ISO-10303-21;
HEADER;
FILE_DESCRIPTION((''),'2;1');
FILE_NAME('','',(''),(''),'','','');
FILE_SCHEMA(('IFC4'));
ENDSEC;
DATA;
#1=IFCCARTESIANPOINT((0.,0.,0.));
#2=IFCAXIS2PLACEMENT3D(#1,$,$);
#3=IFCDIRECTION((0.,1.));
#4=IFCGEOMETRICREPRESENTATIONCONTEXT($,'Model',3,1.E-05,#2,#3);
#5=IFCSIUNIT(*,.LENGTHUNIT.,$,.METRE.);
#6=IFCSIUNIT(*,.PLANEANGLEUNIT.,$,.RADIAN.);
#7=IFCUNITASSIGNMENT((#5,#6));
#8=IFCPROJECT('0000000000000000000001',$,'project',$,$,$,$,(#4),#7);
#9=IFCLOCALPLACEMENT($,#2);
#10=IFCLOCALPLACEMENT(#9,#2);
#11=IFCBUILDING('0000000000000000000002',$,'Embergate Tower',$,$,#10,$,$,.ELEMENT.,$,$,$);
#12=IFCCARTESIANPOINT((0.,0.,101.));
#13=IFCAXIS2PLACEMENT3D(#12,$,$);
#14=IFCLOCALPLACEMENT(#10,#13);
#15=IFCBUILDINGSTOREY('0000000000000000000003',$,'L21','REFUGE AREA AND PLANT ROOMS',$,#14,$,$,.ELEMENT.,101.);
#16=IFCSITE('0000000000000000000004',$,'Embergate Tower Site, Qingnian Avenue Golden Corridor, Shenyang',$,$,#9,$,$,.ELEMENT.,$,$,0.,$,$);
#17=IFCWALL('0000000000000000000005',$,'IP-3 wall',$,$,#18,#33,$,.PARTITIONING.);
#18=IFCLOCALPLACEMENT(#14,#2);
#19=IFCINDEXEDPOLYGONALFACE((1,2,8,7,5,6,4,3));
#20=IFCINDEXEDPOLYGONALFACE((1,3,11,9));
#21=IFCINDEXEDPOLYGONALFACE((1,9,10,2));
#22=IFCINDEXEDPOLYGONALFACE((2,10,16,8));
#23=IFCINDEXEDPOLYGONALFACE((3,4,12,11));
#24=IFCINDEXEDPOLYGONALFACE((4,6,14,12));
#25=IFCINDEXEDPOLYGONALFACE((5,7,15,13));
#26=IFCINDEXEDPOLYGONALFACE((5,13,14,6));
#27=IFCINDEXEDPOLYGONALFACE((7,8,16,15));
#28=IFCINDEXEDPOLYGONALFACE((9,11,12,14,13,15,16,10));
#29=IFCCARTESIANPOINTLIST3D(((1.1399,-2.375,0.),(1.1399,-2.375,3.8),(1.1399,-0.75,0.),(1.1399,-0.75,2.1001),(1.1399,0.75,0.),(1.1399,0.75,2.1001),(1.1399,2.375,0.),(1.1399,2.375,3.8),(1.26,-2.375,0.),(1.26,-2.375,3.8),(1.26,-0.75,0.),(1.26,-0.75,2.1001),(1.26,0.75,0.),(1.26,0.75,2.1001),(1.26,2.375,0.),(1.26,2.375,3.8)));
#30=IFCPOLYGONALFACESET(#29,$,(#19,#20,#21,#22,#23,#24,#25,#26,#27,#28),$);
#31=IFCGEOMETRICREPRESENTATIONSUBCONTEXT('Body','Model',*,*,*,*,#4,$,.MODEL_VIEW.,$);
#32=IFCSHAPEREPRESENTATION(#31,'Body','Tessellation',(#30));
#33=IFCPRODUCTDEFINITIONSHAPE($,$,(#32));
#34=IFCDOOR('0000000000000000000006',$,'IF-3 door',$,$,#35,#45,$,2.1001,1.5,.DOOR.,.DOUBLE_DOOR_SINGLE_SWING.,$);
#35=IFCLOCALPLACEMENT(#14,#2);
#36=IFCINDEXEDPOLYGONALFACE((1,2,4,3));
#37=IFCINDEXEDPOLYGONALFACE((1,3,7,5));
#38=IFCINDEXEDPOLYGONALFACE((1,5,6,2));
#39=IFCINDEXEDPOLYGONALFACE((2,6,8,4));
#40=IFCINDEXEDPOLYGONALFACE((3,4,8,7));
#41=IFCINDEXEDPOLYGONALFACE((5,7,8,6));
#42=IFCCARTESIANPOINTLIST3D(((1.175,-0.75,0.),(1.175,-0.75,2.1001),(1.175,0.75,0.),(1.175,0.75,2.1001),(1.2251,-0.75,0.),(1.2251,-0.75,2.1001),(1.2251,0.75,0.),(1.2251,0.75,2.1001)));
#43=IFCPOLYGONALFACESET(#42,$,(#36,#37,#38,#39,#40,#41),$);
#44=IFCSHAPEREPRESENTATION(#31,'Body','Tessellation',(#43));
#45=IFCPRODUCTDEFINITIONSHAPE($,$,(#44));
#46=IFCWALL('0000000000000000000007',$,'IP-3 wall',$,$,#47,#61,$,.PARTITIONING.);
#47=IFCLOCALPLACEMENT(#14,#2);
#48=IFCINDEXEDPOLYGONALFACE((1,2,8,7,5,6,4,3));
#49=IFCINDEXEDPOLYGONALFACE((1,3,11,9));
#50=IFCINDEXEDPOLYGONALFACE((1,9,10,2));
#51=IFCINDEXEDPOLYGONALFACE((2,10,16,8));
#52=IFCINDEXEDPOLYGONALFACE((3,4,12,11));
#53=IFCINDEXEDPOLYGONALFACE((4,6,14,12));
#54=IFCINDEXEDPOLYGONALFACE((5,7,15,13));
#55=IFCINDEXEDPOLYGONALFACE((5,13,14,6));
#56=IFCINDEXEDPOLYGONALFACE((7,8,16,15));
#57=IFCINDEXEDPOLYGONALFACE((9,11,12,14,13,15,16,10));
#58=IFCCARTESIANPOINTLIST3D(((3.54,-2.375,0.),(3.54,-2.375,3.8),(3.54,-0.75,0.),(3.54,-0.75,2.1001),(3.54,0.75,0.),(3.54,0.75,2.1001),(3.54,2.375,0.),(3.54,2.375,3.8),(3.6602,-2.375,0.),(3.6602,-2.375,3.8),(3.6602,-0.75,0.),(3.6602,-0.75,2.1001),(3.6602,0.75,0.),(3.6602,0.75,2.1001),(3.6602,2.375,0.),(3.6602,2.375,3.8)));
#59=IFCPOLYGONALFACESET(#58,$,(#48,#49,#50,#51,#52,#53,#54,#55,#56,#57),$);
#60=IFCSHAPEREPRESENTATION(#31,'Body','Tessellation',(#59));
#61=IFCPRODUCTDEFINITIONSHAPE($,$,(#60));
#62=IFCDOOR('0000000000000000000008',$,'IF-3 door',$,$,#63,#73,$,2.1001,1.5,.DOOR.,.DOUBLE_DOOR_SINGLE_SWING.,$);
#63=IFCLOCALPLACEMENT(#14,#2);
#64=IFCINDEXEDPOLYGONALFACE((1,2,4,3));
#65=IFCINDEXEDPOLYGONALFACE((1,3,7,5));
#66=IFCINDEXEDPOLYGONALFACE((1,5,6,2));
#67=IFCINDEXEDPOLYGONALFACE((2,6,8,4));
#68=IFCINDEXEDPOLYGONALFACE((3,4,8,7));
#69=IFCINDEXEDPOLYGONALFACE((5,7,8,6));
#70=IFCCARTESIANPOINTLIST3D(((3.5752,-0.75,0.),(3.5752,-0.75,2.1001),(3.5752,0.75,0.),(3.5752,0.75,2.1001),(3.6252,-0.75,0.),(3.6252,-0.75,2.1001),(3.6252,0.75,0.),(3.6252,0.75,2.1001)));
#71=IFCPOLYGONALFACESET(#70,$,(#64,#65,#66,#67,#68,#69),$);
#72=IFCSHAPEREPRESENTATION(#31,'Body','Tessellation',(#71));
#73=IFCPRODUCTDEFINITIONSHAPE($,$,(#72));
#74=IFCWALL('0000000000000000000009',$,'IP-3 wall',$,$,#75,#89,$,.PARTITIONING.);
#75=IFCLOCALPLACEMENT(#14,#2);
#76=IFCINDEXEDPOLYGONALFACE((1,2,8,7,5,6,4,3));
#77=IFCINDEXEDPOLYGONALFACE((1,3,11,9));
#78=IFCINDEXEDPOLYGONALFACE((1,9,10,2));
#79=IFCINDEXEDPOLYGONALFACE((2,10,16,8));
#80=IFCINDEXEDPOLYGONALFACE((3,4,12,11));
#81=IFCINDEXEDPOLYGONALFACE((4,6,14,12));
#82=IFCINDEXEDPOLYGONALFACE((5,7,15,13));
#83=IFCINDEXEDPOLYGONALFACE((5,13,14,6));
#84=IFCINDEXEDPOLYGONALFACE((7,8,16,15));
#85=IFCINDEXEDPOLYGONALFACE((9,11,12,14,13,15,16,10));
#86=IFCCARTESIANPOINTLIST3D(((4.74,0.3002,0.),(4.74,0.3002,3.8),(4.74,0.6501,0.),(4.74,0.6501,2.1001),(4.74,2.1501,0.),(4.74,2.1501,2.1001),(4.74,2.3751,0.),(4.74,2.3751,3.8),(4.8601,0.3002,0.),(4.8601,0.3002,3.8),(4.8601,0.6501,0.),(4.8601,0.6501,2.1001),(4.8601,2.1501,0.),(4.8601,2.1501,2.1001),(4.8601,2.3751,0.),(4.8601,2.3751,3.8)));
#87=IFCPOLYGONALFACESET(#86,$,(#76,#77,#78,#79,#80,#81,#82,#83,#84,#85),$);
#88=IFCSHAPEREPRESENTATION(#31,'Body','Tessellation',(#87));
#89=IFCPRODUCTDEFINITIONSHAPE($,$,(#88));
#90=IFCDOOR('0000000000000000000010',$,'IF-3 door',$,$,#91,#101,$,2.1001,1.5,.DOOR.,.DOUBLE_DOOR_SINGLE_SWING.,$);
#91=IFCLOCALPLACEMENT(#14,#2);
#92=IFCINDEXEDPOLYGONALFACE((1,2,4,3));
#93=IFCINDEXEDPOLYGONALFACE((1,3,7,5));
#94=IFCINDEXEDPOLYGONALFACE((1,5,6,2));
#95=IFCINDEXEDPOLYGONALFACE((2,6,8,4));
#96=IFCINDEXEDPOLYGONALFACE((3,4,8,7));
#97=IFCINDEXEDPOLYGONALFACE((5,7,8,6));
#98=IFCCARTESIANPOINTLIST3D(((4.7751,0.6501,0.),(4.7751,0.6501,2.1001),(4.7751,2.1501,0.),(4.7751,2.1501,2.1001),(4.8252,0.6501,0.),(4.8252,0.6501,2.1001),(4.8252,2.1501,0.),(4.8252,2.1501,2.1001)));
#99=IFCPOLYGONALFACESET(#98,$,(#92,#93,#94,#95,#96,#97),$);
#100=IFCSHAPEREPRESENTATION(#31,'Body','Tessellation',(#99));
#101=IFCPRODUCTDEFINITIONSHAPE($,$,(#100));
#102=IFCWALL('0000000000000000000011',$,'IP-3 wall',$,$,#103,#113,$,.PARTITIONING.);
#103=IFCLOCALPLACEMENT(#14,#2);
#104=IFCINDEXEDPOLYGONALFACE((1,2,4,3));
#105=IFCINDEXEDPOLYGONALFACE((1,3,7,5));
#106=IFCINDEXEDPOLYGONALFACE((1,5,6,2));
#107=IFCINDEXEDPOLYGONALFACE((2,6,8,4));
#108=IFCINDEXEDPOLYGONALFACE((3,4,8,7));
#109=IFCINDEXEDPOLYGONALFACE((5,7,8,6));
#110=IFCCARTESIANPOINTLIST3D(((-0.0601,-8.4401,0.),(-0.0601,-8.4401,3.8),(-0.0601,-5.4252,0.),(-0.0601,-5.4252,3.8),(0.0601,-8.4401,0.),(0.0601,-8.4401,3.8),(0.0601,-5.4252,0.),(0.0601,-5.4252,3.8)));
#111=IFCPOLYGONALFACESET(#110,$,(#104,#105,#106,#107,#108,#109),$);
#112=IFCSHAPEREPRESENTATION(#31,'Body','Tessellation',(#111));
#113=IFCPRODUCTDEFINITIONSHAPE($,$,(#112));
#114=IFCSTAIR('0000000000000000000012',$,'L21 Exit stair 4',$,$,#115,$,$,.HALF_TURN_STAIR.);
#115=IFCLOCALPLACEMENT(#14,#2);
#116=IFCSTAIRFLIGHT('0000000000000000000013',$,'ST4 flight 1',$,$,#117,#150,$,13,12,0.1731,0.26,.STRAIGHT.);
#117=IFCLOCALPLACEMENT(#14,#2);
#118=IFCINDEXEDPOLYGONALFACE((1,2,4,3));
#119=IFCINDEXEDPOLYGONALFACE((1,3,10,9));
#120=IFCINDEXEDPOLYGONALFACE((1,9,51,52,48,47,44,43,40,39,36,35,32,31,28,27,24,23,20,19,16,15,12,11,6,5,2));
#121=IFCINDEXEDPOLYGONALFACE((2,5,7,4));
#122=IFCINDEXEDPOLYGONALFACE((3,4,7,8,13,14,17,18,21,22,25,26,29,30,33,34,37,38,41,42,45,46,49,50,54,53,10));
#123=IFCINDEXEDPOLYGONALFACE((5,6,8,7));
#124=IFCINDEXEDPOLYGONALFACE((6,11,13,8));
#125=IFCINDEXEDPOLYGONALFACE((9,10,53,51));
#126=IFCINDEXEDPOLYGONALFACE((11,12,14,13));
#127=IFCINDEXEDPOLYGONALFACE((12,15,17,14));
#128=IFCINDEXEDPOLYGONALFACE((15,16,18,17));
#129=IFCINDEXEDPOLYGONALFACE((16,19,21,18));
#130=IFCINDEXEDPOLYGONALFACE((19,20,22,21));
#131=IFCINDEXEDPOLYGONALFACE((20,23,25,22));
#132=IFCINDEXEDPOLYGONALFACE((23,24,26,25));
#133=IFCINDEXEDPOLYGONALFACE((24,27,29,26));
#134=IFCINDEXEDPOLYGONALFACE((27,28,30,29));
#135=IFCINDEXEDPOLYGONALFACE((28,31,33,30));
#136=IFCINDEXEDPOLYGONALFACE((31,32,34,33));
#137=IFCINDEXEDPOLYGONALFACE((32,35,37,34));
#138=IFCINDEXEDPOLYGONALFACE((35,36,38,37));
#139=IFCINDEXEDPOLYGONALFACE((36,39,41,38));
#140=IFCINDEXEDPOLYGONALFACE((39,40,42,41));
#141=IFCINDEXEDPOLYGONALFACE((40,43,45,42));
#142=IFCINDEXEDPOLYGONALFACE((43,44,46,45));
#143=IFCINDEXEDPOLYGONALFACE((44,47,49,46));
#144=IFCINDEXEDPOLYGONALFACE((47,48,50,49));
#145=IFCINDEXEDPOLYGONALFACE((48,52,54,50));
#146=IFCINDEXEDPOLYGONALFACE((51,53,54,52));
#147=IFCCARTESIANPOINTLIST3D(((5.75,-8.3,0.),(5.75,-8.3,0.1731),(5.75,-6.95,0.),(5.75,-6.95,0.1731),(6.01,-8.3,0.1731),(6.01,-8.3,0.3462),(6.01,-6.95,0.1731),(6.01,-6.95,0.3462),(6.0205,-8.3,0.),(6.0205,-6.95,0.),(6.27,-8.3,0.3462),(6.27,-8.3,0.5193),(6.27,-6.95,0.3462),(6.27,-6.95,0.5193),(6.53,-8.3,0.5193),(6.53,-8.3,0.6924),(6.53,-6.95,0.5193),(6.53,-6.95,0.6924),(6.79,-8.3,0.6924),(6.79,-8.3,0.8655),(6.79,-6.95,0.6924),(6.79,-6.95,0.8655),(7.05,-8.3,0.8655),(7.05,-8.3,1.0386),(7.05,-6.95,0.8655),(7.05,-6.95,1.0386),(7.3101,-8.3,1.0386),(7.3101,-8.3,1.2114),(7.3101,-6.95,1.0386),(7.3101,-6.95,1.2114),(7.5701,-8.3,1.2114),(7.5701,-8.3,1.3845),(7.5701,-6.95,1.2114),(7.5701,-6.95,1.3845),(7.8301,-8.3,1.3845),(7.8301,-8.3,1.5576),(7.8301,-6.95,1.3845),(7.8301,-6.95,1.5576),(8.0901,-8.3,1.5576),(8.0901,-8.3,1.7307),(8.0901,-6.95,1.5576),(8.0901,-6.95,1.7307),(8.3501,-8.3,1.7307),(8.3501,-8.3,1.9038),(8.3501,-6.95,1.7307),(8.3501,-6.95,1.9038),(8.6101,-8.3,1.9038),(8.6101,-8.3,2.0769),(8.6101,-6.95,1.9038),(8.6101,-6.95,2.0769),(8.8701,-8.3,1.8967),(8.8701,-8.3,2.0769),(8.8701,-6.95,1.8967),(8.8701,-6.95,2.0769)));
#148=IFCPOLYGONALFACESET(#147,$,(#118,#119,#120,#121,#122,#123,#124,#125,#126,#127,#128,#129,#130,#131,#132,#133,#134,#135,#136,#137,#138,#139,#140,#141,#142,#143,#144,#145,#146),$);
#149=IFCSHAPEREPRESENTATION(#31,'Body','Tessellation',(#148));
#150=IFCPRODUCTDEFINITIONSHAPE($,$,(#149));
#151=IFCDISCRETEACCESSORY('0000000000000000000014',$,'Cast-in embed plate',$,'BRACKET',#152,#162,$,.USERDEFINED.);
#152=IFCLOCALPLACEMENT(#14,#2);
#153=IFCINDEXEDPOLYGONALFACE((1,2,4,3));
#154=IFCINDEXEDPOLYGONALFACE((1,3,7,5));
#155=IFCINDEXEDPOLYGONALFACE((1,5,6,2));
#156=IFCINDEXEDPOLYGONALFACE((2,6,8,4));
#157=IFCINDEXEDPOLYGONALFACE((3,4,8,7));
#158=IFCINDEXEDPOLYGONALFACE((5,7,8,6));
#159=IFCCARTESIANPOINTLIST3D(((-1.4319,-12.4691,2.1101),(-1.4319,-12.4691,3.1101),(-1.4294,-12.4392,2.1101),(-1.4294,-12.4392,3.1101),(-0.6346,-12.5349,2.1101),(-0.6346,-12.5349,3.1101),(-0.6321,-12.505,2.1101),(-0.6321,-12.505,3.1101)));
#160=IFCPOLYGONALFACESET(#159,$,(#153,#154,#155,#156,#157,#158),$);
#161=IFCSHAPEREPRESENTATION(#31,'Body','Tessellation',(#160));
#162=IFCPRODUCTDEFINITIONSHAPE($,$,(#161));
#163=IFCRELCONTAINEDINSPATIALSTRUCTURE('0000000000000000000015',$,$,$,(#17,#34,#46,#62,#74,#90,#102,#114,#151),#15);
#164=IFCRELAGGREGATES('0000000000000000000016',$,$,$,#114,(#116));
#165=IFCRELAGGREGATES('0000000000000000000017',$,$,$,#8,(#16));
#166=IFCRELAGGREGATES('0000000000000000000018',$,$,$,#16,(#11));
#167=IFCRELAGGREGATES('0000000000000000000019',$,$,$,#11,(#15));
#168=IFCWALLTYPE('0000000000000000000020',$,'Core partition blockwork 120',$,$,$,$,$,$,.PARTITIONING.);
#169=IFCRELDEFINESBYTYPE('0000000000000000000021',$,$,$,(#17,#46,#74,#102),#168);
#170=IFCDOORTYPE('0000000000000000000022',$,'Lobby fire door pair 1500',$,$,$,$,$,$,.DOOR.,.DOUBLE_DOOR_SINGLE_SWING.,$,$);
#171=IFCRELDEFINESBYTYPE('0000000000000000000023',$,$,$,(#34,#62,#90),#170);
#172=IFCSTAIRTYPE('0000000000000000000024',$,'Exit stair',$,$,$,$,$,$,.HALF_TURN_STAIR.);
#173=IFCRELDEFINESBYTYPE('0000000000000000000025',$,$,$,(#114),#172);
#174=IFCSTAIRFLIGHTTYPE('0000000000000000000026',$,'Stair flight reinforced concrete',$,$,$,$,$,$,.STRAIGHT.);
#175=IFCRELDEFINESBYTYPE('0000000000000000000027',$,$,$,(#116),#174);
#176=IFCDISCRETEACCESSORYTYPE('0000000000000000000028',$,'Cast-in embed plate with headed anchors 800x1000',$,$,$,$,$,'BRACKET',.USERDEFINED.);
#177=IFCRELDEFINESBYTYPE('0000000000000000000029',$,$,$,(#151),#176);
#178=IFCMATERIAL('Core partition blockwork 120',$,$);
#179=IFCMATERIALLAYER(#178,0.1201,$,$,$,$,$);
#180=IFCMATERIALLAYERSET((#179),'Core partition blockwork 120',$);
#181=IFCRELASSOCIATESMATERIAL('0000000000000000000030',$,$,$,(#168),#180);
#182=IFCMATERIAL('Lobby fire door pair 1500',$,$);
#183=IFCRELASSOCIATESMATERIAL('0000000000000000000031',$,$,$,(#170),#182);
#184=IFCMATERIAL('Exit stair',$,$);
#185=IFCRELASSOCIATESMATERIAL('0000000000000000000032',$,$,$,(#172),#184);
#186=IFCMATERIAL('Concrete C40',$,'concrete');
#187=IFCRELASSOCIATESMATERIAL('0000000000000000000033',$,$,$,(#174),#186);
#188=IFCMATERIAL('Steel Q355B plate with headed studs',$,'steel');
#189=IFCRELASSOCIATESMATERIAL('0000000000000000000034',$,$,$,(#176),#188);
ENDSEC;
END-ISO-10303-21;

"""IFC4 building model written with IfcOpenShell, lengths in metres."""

from ifc_helpers import new_model, si_unit, direction, frame, frame_2d, origin, origin_2d, place, context, subcontext, project, spatial, polyline, rectangle, outline, extrude, source, transform, mapped, material, layer, layer_set, type_object, element, fill, aggregate, save


model = new_model("IFC4")

# Units and contexts
model_context = context("Model", 3, precision=1e-05, world=origin(), true_north=direction((0.0, 1.0)))
body_context = subcontext(model_context, "Body", "Model", "MODEL_VIEW")
ifc_project = project(units=[si_unit("LENGTHUNIT", "METRE"), si_unit("PLANEANGLEUNIT", "RADIAN")], contexts=[model_context])

# Site, building, storey
site_placement = place(None, origin())
site = spatial("IfcSite", under=ifc_project, at=site_placement, Name="Embergate Tower Site, Qingnian Avenue Golden Corridor, Shenyang", CompositionType="ELEMENT", RefElevation=0.0)
building_placement = place(site_placement, origin())
building = spatial("IfcBuilding", under=site, at=building_placement, Name="Embergate Tower", CompositionType="ELEMENT")
storey_placement = place(building_placement, frame((0.0, 0.0, 101.0)))
storey = spatial("IfcBuildingStorey", under=building, at=storey_placement, Name="L21", Description="REFUGE AREA AND PLANT ROOMS", CompositionType="ELEMENT", Elevation=101.0)

# Walls, openings, doors
ifc_material_1 = material(Name="Core partition blockwork 120")
ifc_layer_1 = layer(ifc_material_1, 0.1201)
ifc_layer_set_1 = layer_set([ifc_layer_1], Name="Core partition blockwork 120")
wall_type_1 = type_object("IfcWallType", Name="Core partition blockwork 120", PredefinedType="PARTITIONING", material=ifc_layer_set_1)
shared_shape_1 = source(origin(), body_context, "Body", "SweptSolid", [
    extrude(rectangle(XDim=4.75, YDim=0.1201, at=frame_2d((2.375, 0.0))), origin(), (0.0, 0.0, 1.0), 3.8),
])
wall_1_placement = place(storey_placement, frame((1.2, -2.375, 0.0), z_axis=(0.0, 0.0, 1.0), x_axis=(0.0, 1.0, 0.0)))
wall_1 = element("IfcWall", 1, at=wall_1_placement, inside=storey, type_object=wall_type_1, Name="IP-3 wall", PredefinedType="PARTITIONING", context=body_context, shape_type="MappedRepresentation", body=[
    mapped(shared_shape_1, transform((0.0, 0.0, 0.0))),
])
shared_shape_2 = source(origin(), body_context, "Body", "SweptSolid", [
    extrude(rectangle(XDim=1.5, YDim=2.1001, at=frame_2d((0.75, 1.05))), frame((0.0, 0.0701, 0.0), z_axis=(0.0, -1.0, 0.0), x_axis=(1.0, 0.0, 0.0)), (0.0, 0.0, 1.0), 0.1401),
])
opening_1_placement = place(wall_1_placement, frame((1.625, 0.0, 0.0)))
opening_1 = element("IfcOpeningElement", 2, at=opening_1_placement, cuts=wall_1, PredefinedType="OPENING", context=body_context, shape_type="MappedRepresentation", body=[
    mapped(shared_shape_2, transform((0.0, 0.0, 0.0))),
])
ifc_material_2 = material(Name="Lobby fire door pair 1500")
door_type_1 = type_object("IfcDoorType", Name="Lobby fire door pair 1500", OperationType="DOUBLE_DOOR_SINGLE_SWING", PredefinedType="DOOR", material=ifc_material_2)
shared_shape_3 = source(origin(), body_context, "Body", "SweptSolid", [
    extrude(rectangle(XDim=1.5, YDim=2.1001, at=frame_2d((0.75, 1.05))), frame((0.0, 0.0249, 0.0), z_axis=(0.0, -1.0, 0.0), x_axis=(1.0, 0.0, 0.0)), (0.0, 0.0, 1.0), 0.05),
])
door_1_placement = place(opening_1_placement, origin())
door_1 = element("IfcDoor", 3, at=door_1_placement, inside=storey, type_object=door_type_1, Name="IF-3 door", OperationType="DOUBLE_DOOR_SINGLE_SWING", OverallHeight=2.1001, OverallWidth=1.5, PredefinedType="DOOR", context=body_context, shape_type="MappedRepresentation", body=[
    mapped(shared_shape_3, transform((0.0, 0.0, 0.0))),
])
fill(opening_1, door_1)
wall_2_placement = place(storey_placement, frame((3.6001, -2.375, 0.0), z_axis=(0.0, 0.0, 1.0), x_axis=(0.0, 1.0, 0.0)))
wall_2 = element("IfcWall", 4, at=wall_2_placement, inside=storey, type_object=wall_type_1, Name="IP-3 wall", PredefinedType="PARTITIONING", context=body_context, shape_type="MappedRepresentation", body=[
    mapped(shared_shape_1, transform((0.0, 0.0, 0.0))),
])
opening_2_placement = place(wall_2_placement, frame((1.625, 0.0, 0.0)))
opening_2 = element("IfcOpeningElement", 5, at=opening_2_placement, cuts=wall_2, PredefinedType="OPENING", context=body_context, shape_type="MappedRepresentation", body=[
    mapped(shared_shape_2, transform((0.0, 0.0, 0.0))),
])
door_2_placement = place(opening_2_placement, origin())
door_2 = element("IfcDoor", 6, at=door_2_placement, inside=storey, type_object=door_type_1, Name="IF-3 door", OperationType="DOUBLE_DOOR_SINGLE_SWING", OverallHeight=2.1001, OverallWidth=1.5, PredefinedType="DOOR", context=body_context, shape_type="MappedRepresentation", body=[
    mapped(shared_shape_3, transform((0.0, 0.0, 0.0))),
])
fill(opening_2, door_2)
shared_shape_4 = source(origin(), body_context, "Body", "SweptSolid", [
    extrude(rectangle(XDim=2.075, YDim=0.1201, at=frame_2d((1.0376, 0.0))), origin(), (0.0, 0.0, 1.0), 3.8),
])
wall_3_placement = place(storey_placement, frame((4.8, 0.3, 0.0), z_axis=(0.0, 0.0, 1.0), x_axis=(0.0, 1.0, 0.0)))
wall_3 = element("IfcWall", 7, at=wall_3_placement, inside=storey, type_object=wall_type_1, Name="IP-3 wall", PredefinedType="PARTITIONING", context=body_context, shape_type="MappedRepresentation", body=[
    mapped(shared_shape_4, transform((0.0, 0.0, 0.0))),
])
opening_3_placement = place(wall_3_placement, frame((0.3501, 0.0, 0.0)))
opening_3 = element("IfcOpeningElement", 8, at=opening_3_placement, cuts=wall_3, PredefinedType="OPENING", context=body_context, shape_type="MappedRepresentation", body=[
    mapped(shared_shape_2, transform((0.0, 0.0, 0.0))),
])
door_3_placement = place(opening_3_placement, origin())
door_3 = element("IfcDoor", 9, at=door_3_placement, inside=storey, type_object=door_type_1, Name="IF-3 door", OperationType="DOUBLE_DOOR_SINGLE_SWING", OverallHeight=2.1001, OverallWidth=1.5, PredefinedType="DOOR", context=body_context, shape_type="MappedRepresentation", body=[
    mapped(shared_shape_3, transform((0.0, 0.0, 0.0))),
])
fill(opening_3, door_3)

# Wall
shared_shape_5 = source(origin(), body_context, "Body", "SweptSolid", [
    extrude(rectangle(XDim=3.0149, YDim=0.1201, at=frame_2d((1.5073, 0.0))), origin(), (0.0, 0.0, 1.0), 3.8),
])
wall_4_placement = place(storey_placement, frame((0.0, -8.4399, 0.0), z_axis=(0.0, 0.0, 1.0), x_axis=(0.0, 1.0, 0.0)))
element("IfcWall", 10, at=wall_4_placement, inside=storey, type_object=wall_type_1, Name="IP-3 wall", PredefinedType="PARTITIONING", context=body_context, shape_type="MappedRepresentation", body=[
    mapped(shared_shape_5, transform((0.0, 0.0, 0.0))),
])

# Stair, stair flight
ifc_material_3 = material(Name="Exit stair")
stair_type = type_object("IfcStairType", Name="Exit stair", PredefinedType="HALF_TURN_STAIR", material=ifc_material_3)
stair_placement = place(storey_placement, origin())
stair = element("IfcStair", 11, at=stair_placement, inside=storey, type_object=stair_type, Name="L21 Exit stair 4", PredefinedType="HALF_TURN_STAIR")
ifc_material_4 = material(Name="Concrete C40", Category="concrete")
stair_flight_type = type_object("IfcStairFlightType", Name="Stair flight reinforced concrete", PredefinedType="STRAIGHT", material=ifc_material_4)
shared_shape_6 = source(origin(), body_context, "Body", "SweptSolid", [
    extrude(outline(polyline([(0.0, 0.0), (0.0, 0.1731), (0.26, 0.1731), (0.26, 0.3462), (0.52, 0.3462), (0.52, 0.5193), (0.78, 0.5193), (0.78, 0.6924), (1.04, 0.6924), (1.04, 0.8655), (1.3, 0.8655), (1.3, 1.0386), (1.5601, 1.0386), (1.5601, 1.2114), (1.8201, 1.2114), (1.8201, 1.3845), (2.0801, 1.3845), (2.0801, 1.5576), (2.3401, 1.5576), (2.3401, 1.7307), (2.6001, 1.7307), (2.6001, 1.9038), (2.8601, 1.9038), (2.8601, 2.0769), (3.1201, 2.0769), (3.1201, 2.25), (3.1201, 1.8967), (0.2705, 0.0), (0.0, 0.0)])), frame((0.0, 0.675, 0.0), z_axis=(0.0, -1.0, 0.0), x_axis=(1.0, 0.0, 0.0)), (0.0, 0.0, 1.0), 1.3501),
])
stair_flight_placement = place(storey_placement, frame((5.75, -7.625, 0.0), z_axis=(0.0, 0.0, 1.0), x_axis=(1.0, 0.0, 0.0)))
stair_flight = element("IfcStairFlight", 12, at=stair_flight_placement, type_object=stair_flight_type, Name="ST4 flight 1", NumberOfRisers=13, NumberOfTreads=12, PredefinedType="STRAIGHT", RiserHeight=0.1731, TreadLength=0.26, context=body_context, shape_type="MappedRepresentation", body=[
    mapped(shared_shape_6, transform((0.0, 0.0, 0.0))),
])
aggregate(stair, [stair_flight])

# Discrete accessory
ifc_material_5 = material(Name="Steel Q355B plate with headed studs", Category="steel")
discrete_accessory_type = type_object("IfcDiscreteAccessoryType", Name="Cast-in embed plate with headed anchors 800x1000", ElementType="BRACKET", PredefinedType="USERDEFINED", material=ifc_material_5)
shared_shape_7 = source(origin(), body_context, "Body", "SweptSolid", [
    extrude(rectangle(XDim=0.03, YDim=0.8, at=origin_2d()), origin(), (0.0, 0.0, 1.0), 1.0),
])
discrete_accessory_placement = place(storey_placement, frame((-1.032, -12.4871, 2.1101), z_axis=(0.0, 0.0, 1.0), x_axis=(-0.082304, -0.996607, 0.0)))
element("IfcDiscreteAccessory", 13, at=discrete_accessory_placement, inside=storey, type_object=discrete_accessory_type, Name="Cast-in embed plate", ObjectType="BRACKET", PredefinedType="USERDEFINED", context=body_context, shape_type="MappedRepresentation", body=[
    mapped(shared_shape_7, transform((0.0, 0.0, 0.0))),
])

save(model, "model.ifc")
